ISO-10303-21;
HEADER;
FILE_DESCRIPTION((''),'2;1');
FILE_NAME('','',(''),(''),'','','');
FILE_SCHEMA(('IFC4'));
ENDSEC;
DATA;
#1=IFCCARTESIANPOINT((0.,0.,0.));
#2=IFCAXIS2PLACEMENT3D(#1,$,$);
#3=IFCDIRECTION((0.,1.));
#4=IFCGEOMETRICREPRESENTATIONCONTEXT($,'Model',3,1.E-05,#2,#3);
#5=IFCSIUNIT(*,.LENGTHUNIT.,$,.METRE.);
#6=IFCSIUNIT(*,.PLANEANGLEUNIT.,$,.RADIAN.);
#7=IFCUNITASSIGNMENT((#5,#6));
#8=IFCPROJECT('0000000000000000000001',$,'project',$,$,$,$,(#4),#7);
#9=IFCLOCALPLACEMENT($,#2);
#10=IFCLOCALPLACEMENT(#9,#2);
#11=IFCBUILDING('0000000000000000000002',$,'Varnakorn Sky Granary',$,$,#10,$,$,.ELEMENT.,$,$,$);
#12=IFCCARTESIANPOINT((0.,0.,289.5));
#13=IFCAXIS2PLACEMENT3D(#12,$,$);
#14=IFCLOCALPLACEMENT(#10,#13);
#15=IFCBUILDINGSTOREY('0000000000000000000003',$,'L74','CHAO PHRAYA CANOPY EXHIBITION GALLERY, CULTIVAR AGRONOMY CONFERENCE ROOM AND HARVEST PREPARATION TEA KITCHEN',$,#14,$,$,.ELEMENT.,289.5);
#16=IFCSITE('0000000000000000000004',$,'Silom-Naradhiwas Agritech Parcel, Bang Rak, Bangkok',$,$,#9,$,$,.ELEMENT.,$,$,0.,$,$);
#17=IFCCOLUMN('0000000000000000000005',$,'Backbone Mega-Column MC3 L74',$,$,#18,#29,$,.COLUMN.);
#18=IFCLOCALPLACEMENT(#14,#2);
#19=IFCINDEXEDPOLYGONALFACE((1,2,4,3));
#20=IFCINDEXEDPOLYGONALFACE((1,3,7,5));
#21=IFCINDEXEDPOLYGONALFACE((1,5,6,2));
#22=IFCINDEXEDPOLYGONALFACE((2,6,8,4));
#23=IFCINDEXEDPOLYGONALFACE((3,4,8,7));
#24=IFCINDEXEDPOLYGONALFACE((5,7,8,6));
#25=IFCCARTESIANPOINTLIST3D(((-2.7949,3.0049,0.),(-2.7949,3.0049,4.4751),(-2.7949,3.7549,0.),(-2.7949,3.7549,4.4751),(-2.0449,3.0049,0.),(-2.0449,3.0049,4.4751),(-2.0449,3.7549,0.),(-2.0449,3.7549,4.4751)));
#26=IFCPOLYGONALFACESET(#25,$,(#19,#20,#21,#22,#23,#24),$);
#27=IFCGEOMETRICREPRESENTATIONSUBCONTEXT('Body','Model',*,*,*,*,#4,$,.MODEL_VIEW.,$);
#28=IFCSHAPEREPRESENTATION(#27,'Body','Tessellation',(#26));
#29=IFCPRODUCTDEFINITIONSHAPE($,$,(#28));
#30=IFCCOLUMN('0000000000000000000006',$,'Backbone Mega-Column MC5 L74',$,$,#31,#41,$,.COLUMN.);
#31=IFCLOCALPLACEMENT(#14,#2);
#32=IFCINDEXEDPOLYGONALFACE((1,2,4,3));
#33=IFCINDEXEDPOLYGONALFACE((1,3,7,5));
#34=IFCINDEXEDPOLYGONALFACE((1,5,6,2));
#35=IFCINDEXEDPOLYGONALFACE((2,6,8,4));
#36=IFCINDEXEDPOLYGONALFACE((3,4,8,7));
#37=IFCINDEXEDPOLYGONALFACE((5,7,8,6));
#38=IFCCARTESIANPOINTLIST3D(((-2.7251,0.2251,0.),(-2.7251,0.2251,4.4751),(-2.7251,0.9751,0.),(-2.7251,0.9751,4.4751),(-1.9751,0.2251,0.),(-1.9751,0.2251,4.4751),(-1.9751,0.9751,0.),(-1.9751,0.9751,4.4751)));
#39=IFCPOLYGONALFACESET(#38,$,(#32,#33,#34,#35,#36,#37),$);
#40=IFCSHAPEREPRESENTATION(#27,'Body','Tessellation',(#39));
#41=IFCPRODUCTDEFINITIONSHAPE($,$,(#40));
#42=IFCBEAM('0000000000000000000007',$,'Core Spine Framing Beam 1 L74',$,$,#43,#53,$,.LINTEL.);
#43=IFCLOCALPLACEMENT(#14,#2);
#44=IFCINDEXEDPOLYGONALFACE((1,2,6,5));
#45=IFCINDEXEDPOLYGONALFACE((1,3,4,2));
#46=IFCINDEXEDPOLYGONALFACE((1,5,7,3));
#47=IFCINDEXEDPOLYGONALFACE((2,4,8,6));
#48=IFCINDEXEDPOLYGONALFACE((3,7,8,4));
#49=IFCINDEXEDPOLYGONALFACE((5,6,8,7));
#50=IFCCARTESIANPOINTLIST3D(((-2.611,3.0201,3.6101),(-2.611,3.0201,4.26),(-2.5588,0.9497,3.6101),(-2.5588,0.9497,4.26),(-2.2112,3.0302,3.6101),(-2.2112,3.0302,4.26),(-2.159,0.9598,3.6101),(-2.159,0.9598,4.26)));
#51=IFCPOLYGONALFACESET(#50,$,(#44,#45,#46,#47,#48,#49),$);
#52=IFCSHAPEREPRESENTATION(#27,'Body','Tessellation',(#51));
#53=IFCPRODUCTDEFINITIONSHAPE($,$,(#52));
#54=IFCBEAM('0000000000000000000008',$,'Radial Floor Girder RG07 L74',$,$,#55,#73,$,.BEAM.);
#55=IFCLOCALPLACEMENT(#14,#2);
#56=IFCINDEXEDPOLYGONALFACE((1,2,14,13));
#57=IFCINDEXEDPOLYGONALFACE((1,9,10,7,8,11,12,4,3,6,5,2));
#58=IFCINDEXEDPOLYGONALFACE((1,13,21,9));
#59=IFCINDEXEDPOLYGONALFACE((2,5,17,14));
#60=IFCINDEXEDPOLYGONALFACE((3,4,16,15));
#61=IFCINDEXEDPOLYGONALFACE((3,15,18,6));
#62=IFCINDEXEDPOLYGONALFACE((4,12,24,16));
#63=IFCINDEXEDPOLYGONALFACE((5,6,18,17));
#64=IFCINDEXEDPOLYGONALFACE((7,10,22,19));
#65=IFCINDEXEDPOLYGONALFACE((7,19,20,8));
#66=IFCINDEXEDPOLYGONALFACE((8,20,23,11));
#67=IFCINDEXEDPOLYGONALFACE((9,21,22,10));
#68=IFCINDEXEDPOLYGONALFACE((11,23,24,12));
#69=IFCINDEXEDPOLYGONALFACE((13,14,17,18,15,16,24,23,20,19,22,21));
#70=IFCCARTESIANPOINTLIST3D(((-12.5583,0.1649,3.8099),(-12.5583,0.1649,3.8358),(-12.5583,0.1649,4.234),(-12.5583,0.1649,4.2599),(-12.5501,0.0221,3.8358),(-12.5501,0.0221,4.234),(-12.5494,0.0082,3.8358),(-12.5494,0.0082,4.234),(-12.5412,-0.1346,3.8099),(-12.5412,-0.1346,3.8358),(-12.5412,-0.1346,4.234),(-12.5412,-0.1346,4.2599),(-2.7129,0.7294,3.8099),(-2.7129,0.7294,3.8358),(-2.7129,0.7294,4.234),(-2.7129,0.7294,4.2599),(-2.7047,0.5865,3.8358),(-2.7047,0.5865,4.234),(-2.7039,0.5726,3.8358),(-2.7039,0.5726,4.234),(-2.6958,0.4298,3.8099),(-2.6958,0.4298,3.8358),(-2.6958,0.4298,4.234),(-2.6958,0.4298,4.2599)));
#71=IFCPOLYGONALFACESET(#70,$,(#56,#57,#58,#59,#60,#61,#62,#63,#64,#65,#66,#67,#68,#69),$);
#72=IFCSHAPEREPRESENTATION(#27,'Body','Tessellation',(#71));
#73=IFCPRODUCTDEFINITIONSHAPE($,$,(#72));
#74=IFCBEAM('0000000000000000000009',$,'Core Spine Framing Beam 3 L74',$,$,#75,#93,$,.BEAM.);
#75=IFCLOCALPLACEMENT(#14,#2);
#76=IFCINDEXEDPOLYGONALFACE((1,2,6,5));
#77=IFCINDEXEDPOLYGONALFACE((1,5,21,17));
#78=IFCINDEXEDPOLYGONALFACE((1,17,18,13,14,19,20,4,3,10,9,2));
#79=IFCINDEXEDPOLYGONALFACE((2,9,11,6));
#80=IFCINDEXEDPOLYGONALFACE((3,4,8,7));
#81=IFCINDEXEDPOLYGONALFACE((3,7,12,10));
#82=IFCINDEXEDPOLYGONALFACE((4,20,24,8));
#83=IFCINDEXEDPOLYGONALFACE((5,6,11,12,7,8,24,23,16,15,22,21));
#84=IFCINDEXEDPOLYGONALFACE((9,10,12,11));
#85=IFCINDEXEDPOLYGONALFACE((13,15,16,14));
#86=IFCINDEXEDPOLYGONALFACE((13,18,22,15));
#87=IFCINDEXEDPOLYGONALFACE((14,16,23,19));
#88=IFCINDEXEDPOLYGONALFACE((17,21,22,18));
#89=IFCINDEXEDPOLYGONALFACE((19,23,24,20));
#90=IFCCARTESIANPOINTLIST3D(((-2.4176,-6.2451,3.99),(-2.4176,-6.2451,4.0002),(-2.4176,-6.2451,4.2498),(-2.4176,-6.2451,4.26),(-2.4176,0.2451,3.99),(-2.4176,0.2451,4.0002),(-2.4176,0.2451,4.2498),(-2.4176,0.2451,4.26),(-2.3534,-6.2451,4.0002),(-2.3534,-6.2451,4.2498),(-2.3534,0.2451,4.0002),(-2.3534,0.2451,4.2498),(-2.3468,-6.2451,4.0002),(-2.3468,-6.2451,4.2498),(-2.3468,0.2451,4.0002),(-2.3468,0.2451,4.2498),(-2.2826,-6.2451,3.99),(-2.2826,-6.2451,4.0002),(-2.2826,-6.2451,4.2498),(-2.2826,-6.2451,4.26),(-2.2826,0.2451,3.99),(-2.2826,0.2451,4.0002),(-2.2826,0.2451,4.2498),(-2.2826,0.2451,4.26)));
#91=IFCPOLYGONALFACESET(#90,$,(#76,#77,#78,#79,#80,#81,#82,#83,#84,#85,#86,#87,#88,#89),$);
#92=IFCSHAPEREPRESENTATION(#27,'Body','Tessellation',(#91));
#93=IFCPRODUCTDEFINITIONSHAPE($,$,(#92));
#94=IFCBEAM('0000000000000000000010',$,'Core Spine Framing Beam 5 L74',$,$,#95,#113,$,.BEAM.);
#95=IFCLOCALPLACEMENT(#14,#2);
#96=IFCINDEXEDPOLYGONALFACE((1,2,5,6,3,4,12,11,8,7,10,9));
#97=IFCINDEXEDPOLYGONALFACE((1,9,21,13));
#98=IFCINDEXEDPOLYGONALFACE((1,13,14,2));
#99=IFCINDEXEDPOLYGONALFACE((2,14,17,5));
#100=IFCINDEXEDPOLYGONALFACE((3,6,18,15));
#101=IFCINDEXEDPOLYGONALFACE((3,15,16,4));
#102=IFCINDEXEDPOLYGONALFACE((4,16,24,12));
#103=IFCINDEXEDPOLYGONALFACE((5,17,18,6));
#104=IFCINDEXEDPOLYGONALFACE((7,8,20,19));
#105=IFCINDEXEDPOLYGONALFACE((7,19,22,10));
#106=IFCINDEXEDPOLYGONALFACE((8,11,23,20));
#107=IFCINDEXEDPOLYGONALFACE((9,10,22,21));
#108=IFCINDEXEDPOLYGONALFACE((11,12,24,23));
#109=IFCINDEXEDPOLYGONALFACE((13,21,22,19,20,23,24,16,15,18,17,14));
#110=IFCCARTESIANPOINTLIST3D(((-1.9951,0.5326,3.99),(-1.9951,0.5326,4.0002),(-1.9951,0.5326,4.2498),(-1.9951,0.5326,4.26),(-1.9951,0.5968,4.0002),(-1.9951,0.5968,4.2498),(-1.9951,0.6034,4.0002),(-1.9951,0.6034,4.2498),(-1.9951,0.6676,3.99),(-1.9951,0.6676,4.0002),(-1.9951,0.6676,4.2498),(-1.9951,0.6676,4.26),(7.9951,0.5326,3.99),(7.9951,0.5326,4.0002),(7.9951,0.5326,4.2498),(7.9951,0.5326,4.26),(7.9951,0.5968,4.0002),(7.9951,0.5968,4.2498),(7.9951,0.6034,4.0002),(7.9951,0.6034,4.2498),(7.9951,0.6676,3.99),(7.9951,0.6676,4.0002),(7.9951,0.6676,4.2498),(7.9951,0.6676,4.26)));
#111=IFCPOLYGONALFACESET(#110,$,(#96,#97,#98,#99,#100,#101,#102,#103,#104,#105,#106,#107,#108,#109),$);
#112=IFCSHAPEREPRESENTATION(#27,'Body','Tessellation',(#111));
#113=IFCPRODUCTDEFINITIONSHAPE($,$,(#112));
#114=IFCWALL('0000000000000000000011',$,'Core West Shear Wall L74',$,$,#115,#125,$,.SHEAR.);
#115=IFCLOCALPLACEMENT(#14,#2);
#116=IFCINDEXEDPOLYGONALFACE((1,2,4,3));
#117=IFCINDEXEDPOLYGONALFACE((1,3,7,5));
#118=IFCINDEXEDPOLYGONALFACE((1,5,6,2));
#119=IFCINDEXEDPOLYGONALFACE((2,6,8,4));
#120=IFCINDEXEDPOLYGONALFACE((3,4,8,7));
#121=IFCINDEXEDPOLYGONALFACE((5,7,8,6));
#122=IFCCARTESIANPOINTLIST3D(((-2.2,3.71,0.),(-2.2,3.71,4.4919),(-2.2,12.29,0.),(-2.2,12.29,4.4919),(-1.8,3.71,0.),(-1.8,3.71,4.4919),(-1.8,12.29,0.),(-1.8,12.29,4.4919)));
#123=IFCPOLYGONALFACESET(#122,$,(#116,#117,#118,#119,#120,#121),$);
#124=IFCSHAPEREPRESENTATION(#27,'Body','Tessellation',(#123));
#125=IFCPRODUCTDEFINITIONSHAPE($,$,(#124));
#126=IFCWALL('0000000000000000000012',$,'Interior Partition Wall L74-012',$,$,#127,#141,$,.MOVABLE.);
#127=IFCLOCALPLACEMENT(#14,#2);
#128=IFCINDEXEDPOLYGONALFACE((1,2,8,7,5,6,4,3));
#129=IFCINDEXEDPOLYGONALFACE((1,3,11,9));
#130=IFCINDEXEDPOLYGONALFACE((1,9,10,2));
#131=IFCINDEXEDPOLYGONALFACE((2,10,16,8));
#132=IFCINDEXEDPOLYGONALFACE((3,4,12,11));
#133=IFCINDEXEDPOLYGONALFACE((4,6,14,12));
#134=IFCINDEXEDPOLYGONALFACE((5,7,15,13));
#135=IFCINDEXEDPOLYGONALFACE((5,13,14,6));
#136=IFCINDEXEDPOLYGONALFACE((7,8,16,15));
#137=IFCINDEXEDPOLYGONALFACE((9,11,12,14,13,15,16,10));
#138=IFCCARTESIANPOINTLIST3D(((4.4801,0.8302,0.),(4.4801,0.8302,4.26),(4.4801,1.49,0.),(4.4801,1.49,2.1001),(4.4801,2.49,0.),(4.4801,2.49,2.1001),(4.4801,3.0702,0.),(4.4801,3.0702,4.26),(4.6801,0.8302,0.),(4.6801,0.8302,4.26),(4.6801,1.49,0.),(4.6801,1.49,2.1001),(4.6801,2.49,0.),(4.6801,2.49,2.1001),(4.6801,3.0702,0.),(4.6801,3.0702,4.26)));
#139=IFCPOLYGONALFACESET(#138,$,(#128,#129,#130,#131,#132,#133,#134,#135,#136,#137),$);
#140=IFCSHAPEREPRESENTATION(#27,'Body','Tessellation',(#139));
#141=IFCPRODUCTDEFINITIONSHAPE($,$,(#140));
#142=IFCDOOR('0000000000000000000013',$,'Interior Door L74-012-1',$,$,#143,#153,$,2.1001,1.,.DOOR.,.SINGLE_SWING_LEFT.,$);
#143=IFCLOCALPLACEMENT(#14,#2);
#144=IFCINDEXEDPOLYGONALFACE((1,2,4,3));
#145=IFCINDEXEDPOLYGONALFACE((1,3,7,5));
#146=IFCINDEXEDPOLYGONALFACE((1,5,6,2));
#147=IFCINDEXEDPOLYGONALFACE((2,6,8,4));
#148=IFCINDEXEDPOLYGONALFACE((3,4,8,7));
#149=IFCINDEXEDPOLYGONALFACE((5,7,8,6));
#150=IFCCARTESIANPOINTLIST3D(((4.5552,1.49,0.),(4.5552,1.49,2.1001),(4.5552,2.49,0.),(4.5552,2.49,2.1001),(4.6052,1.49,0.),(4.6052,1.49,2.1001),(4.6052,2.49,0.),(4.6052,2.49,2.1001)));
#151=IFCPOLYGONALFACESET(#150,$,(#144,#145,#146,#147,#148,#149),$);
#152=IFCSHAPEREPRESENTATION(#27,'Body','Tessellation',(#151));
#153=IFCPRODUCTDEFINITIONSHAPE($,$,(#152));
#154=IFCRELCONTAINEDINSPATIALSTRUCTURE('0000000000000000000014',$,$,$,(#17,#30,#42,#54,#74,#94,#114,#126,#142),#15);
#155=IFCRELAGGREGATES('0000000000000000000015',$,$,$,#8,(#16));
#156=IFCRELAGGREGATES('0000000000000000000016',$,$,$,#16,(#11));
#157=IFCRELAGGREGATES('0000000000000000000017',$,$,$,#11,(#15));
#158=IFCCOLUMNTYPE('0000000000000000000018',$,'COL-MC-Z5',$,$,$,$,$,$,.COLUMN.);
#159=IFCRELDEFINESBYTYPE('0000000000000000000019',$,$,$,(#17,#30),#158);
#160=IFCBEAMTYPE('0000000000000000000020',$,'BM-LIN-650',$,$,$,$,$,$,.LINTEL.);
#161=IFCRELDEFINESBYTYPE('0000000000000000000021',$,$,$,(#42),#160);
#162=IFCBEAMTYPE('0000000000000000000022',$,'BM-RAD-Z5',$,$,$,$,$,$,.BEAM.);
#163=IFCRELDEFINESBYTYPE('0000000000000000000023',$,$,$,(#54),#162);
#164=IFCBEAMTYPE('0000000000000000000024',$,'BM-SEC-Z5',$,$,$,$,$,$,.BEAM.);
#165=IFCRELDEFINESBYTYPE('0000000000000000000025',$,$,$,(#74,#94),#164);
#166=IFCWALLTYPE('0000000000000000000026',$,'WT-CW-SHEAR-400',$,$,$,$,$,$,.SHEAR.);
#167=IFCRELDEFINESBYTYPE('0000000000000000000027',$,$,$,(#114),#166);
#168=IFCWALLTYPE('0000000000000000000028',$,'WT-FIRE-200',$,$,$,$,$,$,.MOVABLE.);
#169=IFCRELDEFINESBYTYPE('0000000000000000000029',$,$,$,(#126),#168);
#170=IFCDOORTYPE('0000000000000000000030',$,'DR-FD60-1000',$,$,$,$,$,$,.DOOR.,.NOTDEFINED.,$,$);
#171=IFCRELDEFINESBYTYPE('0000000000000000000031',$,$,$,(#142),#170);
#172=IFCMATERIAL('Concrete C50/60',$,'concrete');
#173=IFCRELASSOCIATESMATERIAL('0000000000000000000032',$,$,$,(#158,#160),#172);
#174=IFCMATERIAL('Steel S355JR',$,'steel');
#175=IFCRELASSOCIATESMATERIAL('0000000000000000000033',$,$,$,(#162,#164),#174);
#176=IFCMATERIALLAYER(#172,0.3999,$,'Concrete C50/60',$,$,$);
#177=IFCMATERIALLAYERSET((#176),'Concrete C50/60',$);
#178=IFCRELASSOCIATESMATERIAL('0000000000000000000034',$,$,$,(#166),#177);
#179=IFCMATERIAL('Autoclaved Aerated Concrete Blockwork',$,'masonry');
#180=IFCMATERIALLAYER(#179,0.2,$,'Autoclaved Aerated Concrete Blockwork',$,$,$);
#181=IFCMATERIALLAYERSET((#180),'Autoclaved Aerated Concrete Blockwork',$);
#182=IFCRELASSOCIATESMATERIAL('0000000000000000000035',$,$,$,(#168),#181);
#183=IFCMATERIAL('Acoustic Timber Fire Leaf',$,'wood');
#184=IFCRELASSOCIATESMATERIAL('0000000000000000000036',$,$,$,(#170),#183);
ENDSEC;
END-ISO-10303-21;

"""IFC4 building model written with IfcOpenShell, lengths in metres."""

from ifc_helpers import new_model, si_unit, direction, frame, frame_2d, origin, origin_2d, place, context, subcontext, project, spatial, rectangle, i_section, extrude, material, layer, layer_set, material_profile, profile_set, type_object, element, fill, save


model = new_model("IFC4")

# Units and contexts
model_context = context("Model", 3, precision=1e-05, world=origin(), true_north=direction((0.0, 1.0)))
body_context = subcontext(model_context, "Body", "Model", "MODEL_VIEW")
ifc_project = project(units=[si_unit("LENGTHUNIT", "METRE"), si_unit("PLANEANGLEUNIT", "RADIAN")], contexts=[model_context])

# Site, building, storey
site_placement = place(None, origin())
site = spatial("IfcSite", under=ifc_project, at=site_placement, Name="Silom-Naradhiwas Agritech Parcel, Bang Rak, Bangkok", CompositionType="ELEMENT", RefElevation=0.0)
building_placement = place(site_placement, origin())
building = spatial("IfcBuilding", under=site, at=building_placement, Name="Varnakorn Sky Granary", CompositionType="ELEMENT")
storey_placement = place(building_placement, frame((0.0, 0.0, 289.5)))
storey = spatial("IfcBuildingStorey", under=building, at=storey_placement, Name="L74", Description="CHAO PHRAYA CANOPY EXHIBITION GALLERY, CULTIVAR AGRONOMY CONFERENCE ROOM AND HARVEST PREPARATION TEA KITCHEN", CompositionType="ELEMENT", Elevation=289.5)

# Columns
ifc_material_1 = material(Name="Concrete C50/60", Category="concrete")
ifc_material_profile_1 = material_profile(ifc_material_1, rectangle(XDim=0.75, YDim=0.75, at=origin_2d()), Name="RC 750x750")
ifc_profile_set_1 = profile_set([ifc_material_profile_1], Name="Concrete C50/60")
column_type = type_object("IfcColumnType", Name="COL-MC-Z5", PredefinedType="COLUMN", material=ifc_profile_set_1)
for number, where, z_axis, x_axis, name in (
    (1, (-2.4199, 3.3799, 0.0), (0.0, 0.0, 1.0), (1.0, 0.0, 0.0), "Backbone Mega-Column MC3 L74"),
    (2, (-2.3501, 0.6001, 0.0), (0.0, 0.0, 1.0), (1.0, 0.0, 0.0), "Backbone Mega-Column MC5 L74"),
):
    element("IfcColumn", number, at=place(storey_placement, frame(where, z_axis=z_axis, x_axis=x_axis)), inside=storey, type_object=column_type, Name=name, PredefinedType="COLUMN", context=body_context, shape_type="SweptSolid", body=[
        extrude(rectangle(XDim=0.75, YDim=0.75, at=origin_2d()), origin(), (0.0, 0.0, 1.0), 4.4751),
    ])

# Beams
ifc_material_profile_2 = material_profile(ifc_material_1, rectangle(XDim=0.3999, YDim=0.6499, at=origin_2d()), Name="RC 400x650")
ifc_profile_set_2 = profile_set([ifc_material_profile_2], Name="Concrete C50/60")
beam_type_1 = type_object("IfcBeamType", Name="BM-LIN-650", PredefinedType="LINTEL", material=ifc_profile_set_2)
beam_1_placement = place(storey_placement, frame((-2.4111, 3.0251, 3.9351), z_axis=(0.025228, -0.999682, 0.0), x_axis=(0.999682, 0.025228, 0.0)))
element("IfcBeam", 3, at=beam_1_placement, inside=storey, type_object=beam_type_1, Name="Core Spine Framing Beam 1 L74", PredefinedType="LINTEL", context=body_context, shape_type="SweptSolid", body=[
    extrude(rectangle(XDim=0.3999, YDim=0.6499, at=origin_2d()), origin(), (0.0, 0.0, 1.0), 2.071),
])
ifc_material_2 = material(Name="Steel S355JR", Category="steel")
ifc_material_profile_3 = material_profile(ifc_material_2, i_section(OverallWidth=0.3, OverallDepth=0.45, WebThickness=0.0139, FlangeThickness=0.0259, at=origin_2d()), Name="HE 450 B")
ifc_profile_set_3 = profile_set([ifc_material_profile_3], Name="Steel S355JR")
beam_type_2 = type_object("IfcBeamType", Name="BM-RAD-Z5", PredefinedType="BEAM", material=ifc_profile_set_3)
beam_2_placement = place(storey_placement, frame((-2.7043, 0.5796, 4.0349), z_axis=(-0.998361, -0.057237, 0.0), x_axis=(0.057237, -0.998361, 0.0)))
element("IfcBeam", 4, at=beam_2_placement, inside=storey, type_object=beam_type_2, Name="Radial Floor Girder RG07 L74", PredefinedType="BEAM", context=body_context, shape_type="SweptSolid", body=[
    extrude(i_section(OverallWidth=0.3, OverallDepth=0.45, WebThickness=0.0139, FlangeThickness=0.0259, at=origin_2d()), origin(), (0.0, 0.0, 1.0), 9.8616),
])
ifc_material_profile_4 = material_profile(ifc_material_2, i_section(OverallWidth=0.135, OverallDepth=0.27, WebThickness=0.0066, FlangeThickness=0.0103, at=origin_2d()), Name="IPE 270")
ifc_profile_set_4 = profile_set([ifc_material_profile_4], Name="Steel S355JR")
beam_type_3 = type_object("IfcBeamType", Name="BM-SEC-Z5", PredefinedType="BEAM", material=ifc_profile_set_4)
beam_3_placement = place(storey_placement, frame((-2.3501, 0.2451, 4.125), z_axis=(0.0, -1.0, 0.0), x_axis=(1.0, 0.0, 0.0)))
element("IfcBeam", 5, at=beam_3_placement, inside=storey, type_object=beam_type_3, Name="Core Spine Framing Beam 3 L74", PredefinedType="BEAM", context=body_context, shape_type="SweptSolid", body=[
    extrude(i_section(OverallWidth=0.135, OverallDepth=0.27, WebThickness=0.0066, FlangeThickness=0.0103, at=origin_2d()), origin(), (0.0, 0.0, 1.0), 6.4902),
])
beam_4_placement = place(storey_placement, frame((-1.9951, 0.6001, 4.125), z_axis=(1.0, 0.0, 0.0), x_axis=(0.0, 1.0, 0.0)))
element("IfcBeam", 6, at=beam_4_placement, inside=storey, type_object=beam_type_3, Name="Core Spine Framing Beam 5 L74", PredefinedType="BEAM", context=body_context, shape_type="SweptSolid", body=[
    extrude(i_section(OverallWidth=0.135, OverallDepth=0.27, WebThickness=0.0066, FlangeThickness=0.0103, at=origin_2d()), origin(), (0.0, 0.0, 1.0), 9.9902),
])

# Shared definitions
ifc_layer_1 = layer(ifc_material_1, 0.3999, Name="Concrete C50/60")
ifc_layer_set_1 = layer_set([ifc_layer_1], Name="Concrete C50/60")
wall_type_1 = type_object("IfcWallType", Name="WT-CW-SHEAR-400", PredefinedType="SHEAR", material=ifc_layer_set_1)

# Wall
wall_1_placement = place(storey_placement, frame((-2.0, 3.71, 0.0), z_axis=(0.0, 0.0, 1.0), x_axis=(0.0, 1.0, 0.0)))
element("IfcWall", 7, at=wall_1_placement, inside=storey, type_object=wall_type_1, Name="Core West Shear Wall L74", PredefinedType="SHEAR", context=body_context, shape_type="SweptSolid", body=[
    extrude(rectangle(XDim=8.5801, YDim=0.3999, at=frame_2d((4.29, 0.0))), origin(), (0.0, 0.0, 1.0), 4.4919),
])

# Wall, opening, door
ifc_material_3 = material(Name="Autoclaved Aerated Concrete Blockwork", Category="masonry")
ifc_layer_2 = layer(ifc_material_3, 0.2, Name="Autoclaved Aerated Concrete Blockwork")
ifc_layer_set_2 = layer_set([ifc_layer_2], Name="Autoclaved Aerated Concrete Blockwork")
wall_type_2 = type_object("IfcWallType", Name="WT-FIRE-200", PredefinedType="MOVABLE", material=ifc_layer_set_2)
wall_2_placement = place(storey_placement, frame((4.5801, 0.8301, 0.0), z_axis=(0.0, 0.0, 1.0), x_axis=(0.0, 1.0, 0.0)))
wall_2 = element("IfcWall", 8, at=wall_2_placement, inside=storey, type_object=wall_type_2, Name="Interior Partition Wall L74-012", PredefinedType="MOVABLE", context=body_context, shape_type="SweptSolid", body=[
    extrude(rectangle(XDim=2.24, YDim=0.2, at=frame_2d((1.1201, 0.0))), origin(), (0.0, 0.0, 1.0), 4.26),
])
opening_1_placement = place(wall_2_placement, frame((0.6599, 0.0, 0.0)))
opening_1 = element("IfcOpeningElement", 9, at=opening_1_placement, cuts=wall_2, PredefinedType="OPENING", context=body_context, shape_type="SweptSolid", body=[
    extrude(rectangle(XDim=1.0, YDim=2.1001, at=frame_2d((0.5, 1.05))), frame((0.0, 0.1099, 0.0), z_axis=(0.0, -1.0, 0.0), x_axis=(1.0, 0.0, 0.0)), (0.0, 0.0, 1.0), 0.22),
])
ifc_material_4 = material(Name="Acoustic Timber Fire Leaf", Category="wood")
door_type_1 = type_object("IfcDoorType", Name="DR-FD60-1000", OperationType="NOTDEFINED", PredefinedType="DOOR", material=ifc_material_4)
door_1_placement = place(opening_1_placement, origin())
door_1 = element("IfcDoor", 10, at=door_1_placement, inside=storey, type_object=door_type_1, Name="Interior Door L74-012-1", OperationType="SINGLE_SWING_LEFT", OverallHeight=2.1001, OverallWidth=1.0, PredefinedType="DOOR", context=body_context, shape_type="SweptSolid", body=[
    extrude(rectangle(XDim=1.0, YDim=2.1001, at=frame_2d((0.5, 1.05))), frame((0.0, 0.0249, 0.0), z_axis=(0.0, -1.0, 0.0), x_axis=(1.0, 0.0, 0.0)), (0.0, 0.0, 1.0), 0.05),
])
fill(opening_1, door_1)

save(model, "model.ifc")
